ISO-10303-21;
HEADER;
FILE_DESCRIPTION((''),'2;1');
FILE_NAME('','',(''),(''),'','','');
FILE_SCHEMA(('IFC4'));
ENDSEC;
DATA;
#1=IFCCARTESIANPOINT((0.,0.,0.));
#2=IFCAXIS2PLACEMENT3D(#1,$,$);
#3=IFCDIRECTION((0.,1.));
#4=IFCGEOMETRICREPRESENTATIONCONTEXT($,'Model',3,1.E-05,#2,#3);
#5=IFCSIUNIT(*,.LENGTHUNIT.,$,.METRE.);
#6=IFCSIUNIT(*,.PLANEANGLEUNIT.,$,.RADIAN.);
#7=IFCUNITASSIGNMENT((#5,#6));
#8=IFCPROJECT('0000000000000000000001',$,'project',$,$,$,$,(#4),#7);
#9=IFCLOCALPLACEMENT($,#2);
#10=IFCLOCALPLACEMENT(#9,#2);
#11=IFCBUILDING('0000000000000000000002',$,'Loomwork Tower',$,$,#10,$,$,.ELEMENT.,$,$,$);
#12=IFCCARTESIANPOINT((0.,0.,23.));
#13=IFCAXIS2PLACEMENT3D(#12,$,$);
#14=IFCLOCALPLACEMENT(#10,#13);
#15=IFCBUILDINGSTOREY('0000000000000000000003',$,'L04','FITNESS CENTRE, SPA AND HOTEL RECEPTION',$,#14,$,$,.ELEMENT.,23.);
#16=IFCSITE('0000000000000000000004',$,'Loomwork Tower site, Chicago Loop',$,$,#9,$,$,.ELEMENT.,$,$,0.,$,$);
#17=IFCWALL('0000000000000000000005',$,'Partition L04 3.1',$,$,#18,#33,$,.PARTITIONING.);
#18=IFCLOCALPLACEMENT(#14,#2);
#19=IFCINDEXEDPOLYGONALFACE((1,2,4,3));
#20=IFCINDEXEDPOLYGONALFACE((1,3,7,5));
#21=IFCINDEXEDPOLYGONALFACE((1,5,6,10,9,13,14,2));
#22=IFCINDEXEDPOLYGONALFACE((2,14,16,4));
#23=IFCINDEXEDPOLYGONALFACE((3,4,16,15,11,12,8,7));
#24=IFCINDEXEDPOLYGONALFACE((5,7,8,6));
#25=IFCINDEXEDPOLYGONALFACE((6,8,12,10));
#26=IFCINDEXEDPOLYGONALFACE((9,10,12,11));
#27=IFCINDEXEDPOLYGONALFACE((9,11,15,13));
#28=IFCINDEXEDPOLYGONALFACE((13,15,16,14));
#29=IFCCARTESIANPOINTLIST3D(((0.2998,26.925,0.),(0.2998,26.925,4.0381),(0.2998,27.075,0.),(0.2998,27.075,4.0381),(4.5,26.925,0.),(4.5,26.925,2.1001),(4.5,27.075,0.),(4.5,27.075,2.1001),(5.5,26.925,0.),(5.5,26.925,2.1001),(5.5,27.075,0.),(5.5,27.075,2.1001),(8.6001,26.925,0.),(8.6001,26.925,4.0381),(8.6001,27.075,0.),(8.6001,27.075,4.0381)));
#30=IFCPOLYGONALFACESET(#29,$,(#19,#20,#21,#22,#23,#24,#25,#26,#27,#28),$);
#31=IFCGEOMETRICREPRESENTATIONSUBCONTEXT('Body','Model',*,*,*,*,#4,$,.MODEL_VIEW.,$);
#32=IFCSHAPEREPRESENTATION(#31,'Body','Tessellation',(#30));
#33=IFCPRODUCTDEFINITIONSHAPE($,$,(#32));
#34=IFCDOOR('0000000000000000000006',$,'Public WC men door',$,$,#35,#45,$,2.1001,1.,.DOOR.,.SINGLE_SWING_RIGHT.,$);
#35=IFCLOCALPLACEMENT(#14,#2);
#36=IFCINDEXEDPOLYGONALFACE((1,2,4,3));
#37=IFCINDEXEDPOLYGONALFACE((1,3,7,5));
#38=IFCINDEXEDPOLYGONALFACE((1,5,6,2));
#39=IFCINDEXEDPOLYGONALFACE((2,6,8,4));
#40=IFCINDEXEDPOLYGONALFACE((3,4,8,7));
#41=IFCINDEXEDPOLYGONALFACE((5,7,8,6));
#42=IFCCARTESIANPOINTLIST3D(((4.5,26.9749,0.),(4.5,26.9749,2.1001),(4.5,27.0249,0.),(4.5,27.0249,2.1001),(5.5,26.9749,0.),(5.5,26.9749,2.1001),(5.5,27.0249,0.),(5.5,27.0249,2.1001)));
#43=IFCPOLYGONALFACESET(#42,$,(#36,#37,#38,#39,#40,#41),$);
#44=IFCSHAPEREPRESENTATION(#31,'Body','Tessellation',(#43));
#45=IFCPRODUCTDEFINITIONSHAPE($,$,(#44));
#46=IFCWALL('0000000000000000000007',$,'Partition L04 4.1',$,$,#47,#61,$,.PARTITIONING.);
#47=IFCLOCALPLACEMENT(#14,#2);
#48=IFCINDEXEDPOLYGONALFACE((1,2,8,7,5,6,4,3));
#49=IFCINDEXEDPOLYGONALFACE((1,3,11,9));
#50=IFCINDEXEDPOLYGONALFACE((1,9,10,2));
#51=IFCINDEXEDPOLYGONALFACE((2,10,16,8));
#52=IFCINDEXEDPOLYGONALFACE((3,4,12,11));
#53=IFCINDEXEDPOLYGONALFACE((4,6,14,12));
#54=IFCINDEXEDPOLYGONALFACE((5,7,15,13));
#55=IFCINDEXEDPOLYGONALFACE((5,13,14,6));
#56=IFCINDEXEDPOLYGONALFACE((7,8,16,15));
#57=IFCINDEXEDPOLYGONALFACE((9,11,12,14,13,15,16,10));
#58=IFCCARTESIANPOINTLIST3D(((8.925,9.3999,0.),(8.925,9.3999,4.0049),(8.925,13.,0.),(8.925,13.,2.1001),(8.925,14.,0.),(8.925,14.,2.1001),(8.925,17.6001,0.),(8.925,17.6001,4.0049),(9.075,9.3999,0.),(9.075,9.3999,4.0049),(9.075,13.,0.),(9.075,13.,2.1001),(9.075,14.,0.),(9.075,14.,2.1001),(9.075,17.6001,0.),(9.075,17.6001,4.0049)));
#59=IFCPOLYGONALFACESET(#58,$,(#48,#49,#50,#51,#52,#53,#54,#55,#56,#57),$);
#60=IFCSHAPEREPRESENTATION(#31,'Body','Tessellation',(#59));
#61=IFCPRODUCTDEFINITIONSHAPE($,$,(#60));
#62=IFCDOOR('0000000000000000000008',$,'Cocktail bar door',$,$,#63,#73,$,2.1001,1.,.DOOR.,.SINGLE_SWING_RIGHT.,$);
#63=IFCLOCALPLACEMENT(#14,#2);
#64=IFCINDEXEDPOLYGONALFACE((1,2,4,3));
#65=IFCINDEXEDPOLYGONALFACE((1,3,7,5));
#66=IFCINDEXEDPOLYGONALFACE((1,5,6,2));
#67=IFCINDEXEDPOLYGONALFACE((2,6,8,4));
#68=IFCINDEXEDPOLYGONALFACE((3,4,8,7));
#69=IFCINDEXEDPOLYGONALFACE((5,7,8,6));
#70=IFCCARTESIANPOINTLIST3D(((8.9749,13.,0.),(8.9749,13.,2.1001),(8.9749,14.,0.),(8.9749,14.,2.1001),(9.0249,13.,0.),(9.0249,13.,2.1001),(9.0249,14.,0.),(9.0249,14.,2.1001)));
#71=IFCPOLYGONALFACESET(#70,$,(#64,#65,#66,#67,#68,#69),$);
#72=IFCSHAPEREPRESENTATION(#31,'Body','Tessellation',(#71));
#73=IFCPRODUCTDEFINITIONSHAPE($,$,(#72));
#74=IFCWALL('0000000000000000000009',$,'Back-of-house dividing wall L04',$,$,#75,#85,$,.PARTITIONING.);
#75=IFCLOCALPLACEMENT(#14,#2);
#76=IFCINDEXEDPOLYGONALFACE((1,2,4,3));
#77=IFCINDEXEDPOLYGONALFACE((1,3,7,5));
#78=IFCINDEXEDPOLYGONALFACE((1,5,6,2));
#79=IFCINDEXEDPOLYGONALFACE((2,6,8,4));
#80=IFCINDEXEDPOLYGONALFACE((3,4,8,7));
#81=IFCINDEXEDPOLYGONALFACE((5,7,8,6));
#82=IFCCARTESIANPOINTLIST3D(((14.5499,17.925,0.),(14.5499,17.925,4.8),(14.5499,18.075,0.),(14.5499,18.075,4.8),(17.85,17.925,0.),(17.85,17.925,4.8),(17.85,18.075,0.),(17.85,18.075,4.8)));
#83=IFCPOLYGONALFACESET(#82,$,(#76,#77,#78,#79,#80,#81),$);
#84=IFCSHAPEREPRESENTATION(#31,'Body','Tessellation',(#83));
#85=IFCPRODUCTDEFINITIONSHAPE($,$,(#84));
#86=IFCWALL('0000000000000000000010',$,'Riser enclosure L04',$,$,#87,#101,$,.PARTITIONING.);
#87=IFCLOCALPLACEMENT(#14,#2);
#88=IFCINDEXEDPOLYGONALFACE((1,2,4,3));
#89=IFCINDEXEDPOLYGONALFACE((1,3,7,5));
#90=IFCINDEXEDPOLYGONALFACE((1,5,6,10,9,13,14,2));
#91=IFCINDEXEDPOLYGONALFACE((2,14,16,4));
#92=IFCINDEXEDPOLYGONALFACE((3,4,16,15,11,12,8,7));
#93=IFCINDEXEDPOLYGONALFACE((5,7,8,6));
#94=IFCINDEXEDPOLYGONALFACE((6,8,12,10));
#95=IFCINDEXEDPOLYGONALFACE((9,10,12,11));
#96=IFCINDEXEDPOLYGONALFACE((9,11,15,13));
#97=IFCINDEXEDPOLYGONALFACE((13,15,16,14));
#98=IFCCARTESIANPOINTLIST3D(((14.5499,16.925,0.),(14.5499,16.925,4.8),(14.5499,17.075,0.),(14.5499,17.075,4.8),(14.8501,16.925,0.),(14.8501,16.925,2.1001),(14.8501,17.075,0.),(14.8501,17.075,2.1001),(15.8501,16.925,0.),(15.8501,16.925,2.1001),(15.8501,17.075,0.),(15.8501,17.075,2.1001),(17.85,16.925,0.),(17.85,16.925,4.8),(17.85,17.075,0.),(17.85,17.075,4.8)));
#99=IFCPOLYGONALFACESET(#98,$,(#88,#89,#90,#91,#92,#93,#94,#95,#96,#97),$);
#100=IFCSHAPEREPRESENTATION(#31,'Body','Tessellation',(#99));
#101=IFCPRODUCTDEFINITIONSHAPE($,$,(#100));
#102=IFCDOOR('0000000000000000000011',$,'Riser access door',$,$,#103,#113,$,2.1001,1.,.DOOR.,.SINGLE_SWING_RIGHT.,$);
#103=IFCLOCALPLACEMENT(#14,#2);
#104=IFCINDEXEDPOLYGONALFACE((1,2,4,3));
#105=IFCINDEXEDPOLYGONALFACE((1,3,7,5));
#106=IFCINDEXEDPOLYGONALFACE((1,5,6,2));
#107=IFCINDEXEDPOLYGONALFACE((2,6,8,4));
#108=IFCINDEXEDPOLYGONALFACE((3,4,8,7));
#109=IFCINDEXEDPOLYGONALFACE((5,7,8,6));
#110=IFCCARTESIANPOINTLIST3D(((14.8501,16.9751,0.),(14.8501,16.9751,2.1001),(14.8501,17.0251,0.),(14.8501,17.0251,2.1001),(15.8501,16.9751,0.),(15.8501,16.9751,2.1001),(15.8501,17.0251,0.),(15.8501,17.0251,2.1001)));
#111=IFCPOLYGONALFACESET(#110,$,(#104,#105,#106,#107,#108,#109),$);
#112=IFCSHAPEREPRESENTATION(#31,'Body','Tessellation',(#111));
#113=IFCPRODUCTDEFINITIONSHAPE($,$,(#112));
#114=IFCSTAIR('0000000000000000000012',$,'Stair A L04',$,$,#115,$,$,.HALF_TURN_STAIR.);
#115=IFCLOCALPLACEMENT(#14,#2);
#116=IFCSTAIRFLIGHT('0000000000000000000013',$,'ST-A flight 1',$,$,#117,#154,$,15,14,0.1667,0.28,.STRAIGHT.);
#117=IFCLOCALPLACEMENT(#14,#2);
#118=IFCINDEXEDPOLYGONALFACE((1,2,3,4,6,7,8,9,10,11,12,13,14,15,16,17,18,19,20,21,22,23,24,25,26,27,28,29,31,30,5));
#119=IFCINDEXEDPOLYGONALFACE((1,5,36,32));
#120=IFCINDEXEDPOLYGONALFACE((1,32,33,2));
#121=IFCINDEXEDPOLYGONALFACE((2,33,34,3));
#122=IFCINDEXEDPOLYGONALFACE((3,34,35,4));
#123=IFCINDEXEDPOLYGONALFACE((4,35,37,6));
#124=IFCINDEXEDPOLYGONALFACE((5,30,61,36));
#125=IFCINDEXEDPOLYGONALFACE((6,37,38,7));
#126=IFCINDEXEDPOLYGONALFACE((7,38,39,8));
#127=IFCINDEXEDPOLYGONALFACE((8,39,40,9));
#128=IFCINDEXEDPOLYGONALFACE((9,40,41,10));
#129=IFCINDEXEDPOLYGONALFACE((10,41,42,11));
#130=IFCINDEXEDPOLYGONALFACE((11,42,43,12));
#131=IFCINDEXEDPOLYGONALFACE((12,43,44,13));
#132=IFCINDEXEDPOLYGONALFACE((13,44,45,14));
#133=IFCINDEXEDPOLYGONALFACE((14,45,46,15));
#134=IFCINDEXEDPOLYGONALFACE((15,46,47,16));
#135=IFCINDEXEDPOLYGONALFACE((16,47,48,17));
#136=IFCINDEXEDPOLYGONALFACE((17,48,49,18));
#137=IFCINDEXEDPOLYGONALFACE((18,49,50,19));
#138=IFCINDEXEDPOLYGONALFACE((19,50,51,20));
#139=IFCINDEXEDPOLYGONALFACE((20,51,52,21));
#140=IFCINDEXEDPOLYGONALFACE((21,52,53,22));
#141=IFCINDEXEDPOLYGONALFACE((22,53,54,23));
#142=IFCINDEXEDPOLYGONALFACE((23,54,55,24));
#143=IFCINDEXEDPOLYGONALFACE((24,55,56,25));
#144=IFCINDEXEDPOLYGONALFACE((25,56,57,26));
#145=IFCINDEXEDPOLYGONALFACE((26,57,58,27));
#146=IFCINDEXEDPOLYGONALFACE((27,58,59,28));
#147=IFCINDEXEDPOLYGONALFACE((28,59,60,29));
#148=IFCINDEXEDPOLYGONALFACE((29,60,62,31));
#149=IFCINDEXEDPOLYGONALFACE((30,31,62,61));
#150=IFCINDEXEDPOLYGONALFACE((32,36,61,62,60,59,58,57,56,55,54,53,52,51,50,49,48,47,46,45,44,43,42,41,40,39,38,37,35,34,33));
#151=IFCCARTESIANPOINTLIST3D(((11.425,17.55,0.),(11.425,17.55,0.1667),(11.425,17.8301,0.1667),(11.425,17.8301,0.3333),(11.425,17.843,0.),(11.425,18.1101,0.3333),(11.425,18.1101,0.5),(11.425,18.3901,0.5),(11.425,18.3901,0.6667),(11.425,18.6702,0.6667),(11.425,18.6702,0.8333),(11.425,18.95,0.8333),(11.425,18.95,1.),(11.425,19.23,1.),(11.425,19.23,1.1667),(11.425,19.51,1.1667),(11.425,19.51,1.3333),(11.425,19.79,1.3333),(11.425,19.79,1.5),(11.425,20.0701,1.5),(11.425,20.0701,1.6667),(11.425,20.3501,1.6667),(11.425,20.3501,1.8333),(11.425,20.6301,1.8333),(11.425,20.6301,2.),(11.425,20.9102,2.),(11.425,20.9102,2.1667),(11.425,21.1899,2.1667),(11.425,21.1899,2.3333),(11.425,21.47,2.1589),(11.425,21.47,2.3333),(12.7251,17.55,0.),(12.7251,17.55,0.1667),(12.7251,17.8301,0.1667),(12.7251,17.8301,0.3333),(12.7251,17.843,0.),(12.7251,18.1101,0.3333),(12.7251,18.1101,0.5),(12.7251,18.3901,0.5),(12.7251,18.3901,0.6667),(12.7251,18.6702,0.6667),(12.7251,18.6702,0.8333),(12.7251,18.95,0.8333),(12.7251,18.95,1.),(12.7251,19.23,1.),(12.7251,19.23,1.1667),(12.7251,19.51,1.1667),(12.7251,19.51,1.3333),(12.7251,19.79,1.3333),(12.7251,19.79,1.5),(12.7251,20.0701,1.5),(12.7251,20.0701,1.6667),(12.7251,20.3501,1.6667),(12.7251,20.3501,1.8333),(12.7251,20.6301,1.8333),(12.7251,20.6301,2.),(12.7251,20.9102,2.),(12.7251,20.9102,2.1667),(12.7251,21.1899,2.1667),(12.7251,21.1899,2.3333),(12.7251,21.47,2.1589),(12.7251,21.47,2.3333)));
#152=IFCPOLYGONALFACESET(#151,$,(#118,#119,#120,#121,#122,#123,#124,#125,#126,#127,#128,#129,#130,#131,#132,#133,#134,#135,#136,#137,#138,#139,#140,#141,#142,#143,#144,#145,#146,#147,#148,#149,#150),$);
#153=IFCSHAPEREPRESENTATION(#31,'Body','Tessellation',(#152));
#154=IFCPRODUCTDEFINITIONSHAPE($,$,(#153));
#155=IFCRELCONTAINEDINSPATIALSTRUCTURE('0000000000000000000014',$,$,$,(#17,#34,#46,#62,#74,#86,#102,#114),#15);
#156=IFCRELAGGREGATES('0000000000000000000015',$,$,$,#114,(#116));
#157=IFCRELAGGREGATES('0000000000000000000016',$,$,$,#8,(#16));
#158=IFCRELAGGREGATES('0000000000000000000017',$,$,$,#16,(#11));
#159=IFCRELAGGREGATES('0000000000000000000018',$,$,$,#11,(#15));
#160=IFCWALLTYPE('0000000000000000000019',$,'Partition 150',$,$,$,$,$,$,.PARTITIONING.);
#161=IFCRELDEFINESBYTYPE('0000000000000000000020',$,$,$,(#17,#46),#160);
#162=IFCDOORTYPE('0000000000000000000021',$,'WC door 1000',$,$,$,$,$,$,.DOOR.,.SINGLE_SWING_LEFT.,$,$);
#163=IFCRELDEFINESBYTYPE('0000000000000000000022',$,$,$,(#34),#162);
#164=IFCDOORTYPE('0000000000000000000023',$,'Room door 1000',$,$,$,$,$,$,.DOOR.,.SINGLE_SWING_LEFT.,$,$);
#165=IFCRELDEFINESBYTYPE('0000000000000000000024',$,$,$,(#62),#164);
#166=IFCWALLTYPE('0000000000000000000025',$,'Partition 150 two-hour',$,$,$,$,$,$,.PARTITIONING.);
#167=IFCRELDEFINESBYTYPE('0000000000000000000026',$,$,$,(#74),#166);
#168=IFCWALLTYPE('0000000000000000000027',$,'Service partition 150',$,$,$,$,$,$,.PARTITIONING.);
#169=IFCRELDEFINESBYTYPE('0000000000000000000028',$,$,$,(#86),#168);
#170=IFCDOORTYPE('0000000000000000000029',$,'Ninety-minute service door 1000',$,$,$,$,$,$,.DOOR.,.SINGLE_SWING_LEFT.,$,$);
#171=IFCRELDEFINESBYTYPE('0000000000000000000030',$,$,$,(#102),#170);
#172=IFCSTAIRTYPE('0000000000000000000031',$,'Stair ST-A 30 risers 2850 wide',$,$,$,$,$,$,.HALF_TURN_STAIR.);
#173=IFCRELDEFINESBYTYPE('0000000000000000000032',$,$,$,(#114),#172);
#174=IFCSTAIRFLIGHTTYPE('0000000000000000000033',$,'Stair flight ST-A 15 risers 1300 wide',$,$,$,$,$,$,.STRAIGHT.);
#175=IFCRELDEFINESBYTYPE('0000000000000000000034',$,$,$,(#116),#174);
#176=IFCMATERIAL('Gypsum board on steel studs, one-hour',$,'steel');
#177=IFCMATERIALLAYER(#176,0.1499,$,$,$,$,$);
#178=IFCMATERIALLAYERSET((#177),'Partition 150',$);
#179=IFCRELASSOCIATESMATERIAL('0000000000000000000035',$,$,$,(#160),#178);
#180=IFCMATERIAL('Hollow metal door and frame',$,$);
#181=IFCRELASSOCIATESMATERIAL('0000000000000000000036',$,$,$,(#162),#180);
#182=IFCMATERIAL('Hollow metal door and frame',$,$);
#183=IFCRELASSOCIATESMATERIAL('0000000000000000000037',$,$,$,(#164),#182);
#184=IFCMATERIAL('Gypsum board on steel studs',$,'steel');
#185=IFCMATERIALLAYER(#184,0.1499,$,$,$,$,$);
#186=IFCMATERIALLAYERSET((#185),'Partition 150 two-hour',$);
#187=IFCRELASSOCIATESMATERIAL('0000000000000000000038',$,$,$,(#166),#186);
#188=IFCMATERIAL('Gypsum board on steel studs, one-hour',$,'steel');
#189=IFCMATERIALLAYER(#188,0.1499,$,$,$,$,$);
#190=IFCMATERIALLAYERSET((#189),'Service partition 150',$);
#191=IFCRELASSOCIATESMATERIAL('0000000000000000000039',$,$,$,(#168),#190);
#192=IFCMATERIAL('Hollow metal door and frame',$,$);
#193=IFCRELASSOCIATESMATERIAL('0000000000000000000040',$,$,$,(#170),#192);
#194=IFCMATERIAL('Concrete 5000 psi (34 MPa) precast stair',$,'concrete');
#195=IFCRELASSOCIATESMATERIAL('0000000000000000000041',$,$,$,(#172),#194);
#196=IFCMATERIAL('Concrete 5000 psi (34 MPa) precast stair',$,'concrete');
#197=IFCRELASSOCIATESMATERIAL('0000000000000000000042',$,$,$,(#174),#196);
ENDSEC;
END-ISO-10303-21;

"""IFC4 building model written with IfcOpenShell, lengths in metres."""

from ifc_helpers import new_model, si_unit, direction, frame, frame_2d, origin, place, context, subcontext, project, spatial, polyline, rectangle, outline, extrude, material, layer, layer_set, type_object, element, fill, aggregate, save


model = new_model("IFC4")

# Units and contexts
model_context = context("Model", 3, precision=1e-05, world=origin(), true_north=direction((0.0, 1.0)))
body_context = subcontext(model_context, "Body", "Model", "MODEL_VIEW")
ifc_project = project(units=[si_unit("LENGTHUNIT", "METRE"), si_unit("PLANEANGLEUNIT", "RADIAN")], contexts=[model_context])

# Site, building, storey
site_placement = place(None, origin())
site = spatial("IfcSite", under=ifc_project, at=site_placement, Name="Loomwork Tower site, Chicago Loop", CompositionType="ELEMENT", RefElevation=0.0)
building_placement = place(site_placement, origin())
building = spatial("IfcBuilding", under=site, at=building_placement, Name="Loomwork Tower", CompositionType="ELEMENT")
storey_placement = place(building_placement, frame((0.0, 0.0, 23.0)))
storey = spatial("IfcBuildingStorey", under=building, at=storey_placement, Name="L04", Description="FITNESS CENTRE, SPA AND HOTEL RECEPTION", CompositionType="ELEMENT", Elevation=23.0)

# Walls, openings, doors
ifc_material_1 = material(Name="Gypsum board on steel studs, one-hour", Category="steel")
ifc_layer_1 = layer(ifc_material_1, 0.1499)
ifc_layer_set_1 = layer_set([ifc_layer_1], Name="Partition 150")
wall_type_1 = type_object("IfcWallType", Name="Partition 150", PredefinedType="PARTITIONING", material=ifc_layer_set_1)
wall_1_placement = place(storey_placement, frame((8.6001, 27.0, 0.0), z_axis=(0.0, 0.0, 1.0), x_axis=(-1.0, 0.0, 0.0)))
wall_1 = element("IfcWall", 1, at=wall_1_placement, inside=storey, type_object=wall_type_1, Name="Partition L04 3.1", PredefinedType="PARTITIONING", context=body_context, shape_type="SweptSolid", body=[
    extrude(rectangle(XDim=8.3003, YDim=0.1499, at=frame_2d((4.1501, 0.0))), origin(), (0.0, 0.0, 1.0), 4.0381),
])
opening_1_placement = place(wall_1_placement, frame((3.1001, 0.0, 0.0)))
opening_1 = element("IfcOpeningElement", 2, at=opening_1_placement, cuts=wall_1, PredefinedType="OPENING", context=body_context, shape_type="SweptSolid", body=[
    extrude(rectangle(XDim=1.0, YDim=2.1001, at=frame_2d((0.5, 1.05))), frame((0.0, 0.085, 0.0), z_axis=(0.0, -1.0, 0.0), x_axis=(1.0, 0.0, 0.0)), (0.0, 0.0, 1.0), 0.1699),
])
ifc_material_2 = material(Name="Hollow metal door and frame")
door_type_1 = type_object("IfcDoorType", Name="WC door 1000", OperationType="SINGLE_SWING_LEFT", PredefinedType="DOOR", material=ifc_material_2)
door_1_placement = place(opening_1_placement, frame((1.0, 0.0, 0.0), z_axis=(0.0, 0.0, 1.0), x_axis=(-1.0, 0.0, 0.0)))
door_1 = element("IfcDoor", 3, at=door_1_placement, inside=storey, type_object=door_type_1, Name="Public WC men door", OperationType="SINGLE_SWING_RIGHT", OverallHeight=2.1001, OverallWidth=1.0, PredefinedType="DOOR", context=body_context, shape_type="SweptSolid", body=[
    extrude(rectangle(XDim=1.0, YDim=2.1001, at=frame_2d((0.5, 1.05))), frame((0.0, 0.0249, 0.0), z_axis=(0.0, -1.0, 0.0), x_axis=(1.0, 0.0, 0.0)), (0.0, 0.0, 1.0), 0.05),
])
fill(opening_1, door_1)
wall_2_placement = place(storey_placement, frame((9.0, 17.6001, 0.0), z_axis=(0.0, 0.0, 1.0), x_axis=(0.0, -1.0, 0.0)))
wall_2 = element("IfcWall", 4, at=wall_2_placement, inside=storey, type_object=wall_type_1, Name="Partition L04 4.1", PredefinedType="PARTITIONING", context=body_context, shape_type="SweptSolid", body=[
    extrude(rectangle(XDim=8.2002, YDim=0.1499, at=frame_2d((4.1001, 0.0))), origin(), (0.0, 0.0, 1.0), 4.0049),
])
opening_2_placement = place(wall_2_placement, frame((3.6001, 0.0, 0.0)))
opening_2 = element("IfcOpeningElement", 5, at=opening_2_placement, cuts=wall_2, PredefinedType="OPENING", context=body_context, shape_type="SweptSolid", body=[
    extrude(rectangle(XDim=1.0, YDim=2.1001, at=frame_2d((0.5, 1.05))), frame((0.0, 0.085, 0.0), z_axis=(0.0, -1.0, 0.0), x_axis=(1.0, 0.0, 0.0)), (0.0, 0.0, 1.0), 0.1699),
])
ifc_material_3 = material(Name="Hollow metal door and frame")
door_type_2 = type_object("IfcDoorType", Name="Room door 1000", OperationType="SINGLE_SWING_LEFT", PredefinedType="DOOR", material=ifc_material_3)
door_2_placement = place(opening_2_placement, origin())
door_2 = element("IfcDoor", 6, at=door_2_placement, inside=storey, type_object=door_type_2, Name="Cocktail bar door", OperationType="SINGLE_SWING_RIGHT", OverallHeight=2.1001, OverallWidth=1.0, PredefinedType="DOOR", context=body_context, shape_type="SweptSolid", body=[
    extrude(rectangle(XDim=1.0, YDim=2.1001, at=frame_2d((0.5, 1.05))), frame((0.0, 0.0249, 0.0), z_axis=(0.0, -1.0, 0.0), x_axis=(1.0, 0.0, 0.0)), (0.0, 0.0, 1.0), 0.05),
])
fill(opening_2, door_2)

# Wall
ifc_material_4 = material(Name="Gypsum board on steel studs", Category="steel")
ifc_layer_2 = layer(ifc_material_4, 0.1499)
ifc_layer_set_2 = layer_set([ifc_layer_2], Name="Partition 150 two-hour")
wall_type_2 = type_object("IfcWallType", Name="Partition 150 two-hour", PredefinedType="PARTITIONING", material=ifc_layer_set_2)
wall_3_placement = place(storey_placement, frame((14.55, 18.0, 0.0), z_axis=(0.0, 0.0, 1.0), x_axis=(1.0, 0.0, 0.0)))
element("IfcWall", 7, at=wall_3_placement, inside=storey, type_object=wall_type_2, Name="Back-of-house dividing wall L04", PredefinedType="PARTITIONING", context=body_context, shape_type="SweptSolid", body=[
    extrude(rectangle(XDim=3.3, YDim=0.1499, at=frame_2d((1.6499, 0.0))), origin(), (0.0, 0.0, 1.0), 4.8),
])

# Wall, opening, door
ifc_material_5 = material(Name="Gypsum board on steel studs, one-hour", Category="steel")
ifc_layer_3 = layer(ifc_material_5, 0.1499)
ifc_layer_set_3 = layer_set([ifc_layer_3], Name="Service partition 150")
wall_type_3 = type_object("IfcWallType", Name="Service partition 150", PredefinedType="PARTITIONING", material=ifc_layer_set_3)
wall_4_placement = place(storey_placement, frame((14.55, 17.0, 0.0), z_axis=(0.0, 0.0, 1.0), x_axis=(1.0, 0.0, 0.0)))
wall_4 = element("IfcWall", 8, at=wall_4_placement, inside=storey, type_object=wall_type_3, Name="Riser enclosure L04", PredefinedType="PARTITIONING", context=body_context, shape_type="SweptSolid", body=[
    extrude(rectangle(XDim=3.3, YDim=0.1499, at=frame_2d((1.6499, 0.0))), origin(), (0.0, 0.0, 1.0), 4.8),
])
opening_3_placement = place(wall_4_placement, frame((0.3, 0.0, 0.0)))
opening_3 = element("IfcOpeningElement", 9, at=opening_3_placement, cuts=wall_4, PredefinedType="OPENING", context=body_context, shape_type="SweptSolid", body=[
    extrude(rectangle(XDim=1.0, YDim=2.1001, at=frame_2d((0.5, 1.05))), frame((0.0, 0.085, 0.0), z_axis=(0.0, -1.0, 0.0), x_axis=(1.0, 0.0, 0.0)), (0.0, 0.0, 1.0), 0.1699),
])
ifc_material_6 = material(Name="Hollow metal door and frame")
door_type_3 = type_object("IfcDoorType", Name="Ninety-minute service door 1000", OperationType="SINGLE_SWING_LEFT", PredefinedType="DOOR", material=ifc_material_6)
door_3_placement = place(opening_3_placement, frame((1.0, 0.0, 0.0), z_axis=(0.0, 0.0, 1.0), x_axis=(-1.0, 0.0, 0.0)))
door_3 = element("IfcDoor", 10, at=door_3_placement, inside=storey, type_object=door_type_3, Name="Riser access door", OperationType="SINGLE_SWING_RIGHT", OverallHeight=2.1001, OverallWidth=1.0, PredefinedType="DOOR", context=body_context, shape_type="SweptSolid", body=[
    extrude(rectangle(XDim=1.0, YDim=2.1001, at=frame_2d((0.5, 1.05))), frame((0.0, 0.0249, 0.0), z_axis=(0.0, -1.0, 0.0), x_axis=(1.0, 0.0, 0.0)), (0.0, 0.0, 1.0), 0.05),
])
fill(opening_3, door_3)

# Stair, stair flight
ifc_material_7 = material(Name="Concrete 5000 psi (34 MPa) precast stair", Category="concrete")
stair_type = type_object("IfcStairType", Name="Stair ST-A 30 risers 2850 wide", PredefinedType="HALF_TURN_STAIR", material=ifc_material_7)
stair_placement = place(storey_placement, origin())
stair = element("IfcStair", 11, at=stair_placement, inside=storey, type_object=stair_type, Name="Stair A L04", PredefinedType="HALF_TURN_STAIR")
ifc_material_8 = material(Name="Concrete 5000 psi (34 MPa) precast stair", Category="concrete")
stair_flight_type = type_object("IfcStairFlightType", Name="Stair flight ST-A 15 risers 1300 wide", PredefinedType="STRAIGHT", material=ifc_material_8)
stair_flight_1_placement = place(storey_placement, frame((12.075, 17.55, 0.0), z_axis=(0.0, 0.0, 1.0), x_axis=(0.0, 1.0, 0.0)))
stair_flight_1 = element("IfcStairFlight", 12, at=stair_flight_1_placement, type_object=stair_flight_type, Name="ST-A flight 1", NumberOfRisers=15, NumberOfTreads=14, PredefinedType="STRAIGHT", RiserHeight=0.1667, TreadLength=0.28, context=body_context, shape_type="SweptSolid", body=[
    extrude(outline(polyline([(0.0, 0.0), (0.0, 0.1667), (0.28, 0.1667), (0.28, 0.3333), (0.5601, 0.3333), (0.5601, 0.5), (0.8401, 0.5), (0.8401, 0.6667), (1.1201, 0.6667), (1.1201, 0.8333), (1.3999, 0.8333), (1.3999, 1.0), (1.6799, 1.0), (1.6799, 1.1667), (1.96, 1.1667), (1.96, 1.3333), (2.24, 1.3333), (2.24, 1.5), (2.52, 1.5), (2.52, 1.6667), (2.8, 1.6667), (2.8, 1.8333), (3.0801, 1.8333), (3.0801, 2.0), (3.3601, 2.0), (3.3601, 2.1667), (3.6399, 2.1667), (3.6399, 2.3333), (3.9199, 2.3333), (3.9199, 2.5), (3.9199, 2.1589), (0.293, 0.0), (0.0, 0.0)])), frame((0.0, 0.6499, 0.0), z_axis=(0.0, -1.0, 0.0), x_axis=(1.0, 0.0, 0.0)), (0.0, 0.0, 1.0), 1.3),
])
aggregate(stair, [stair_flight_1])

save(model, "model.ifc")
